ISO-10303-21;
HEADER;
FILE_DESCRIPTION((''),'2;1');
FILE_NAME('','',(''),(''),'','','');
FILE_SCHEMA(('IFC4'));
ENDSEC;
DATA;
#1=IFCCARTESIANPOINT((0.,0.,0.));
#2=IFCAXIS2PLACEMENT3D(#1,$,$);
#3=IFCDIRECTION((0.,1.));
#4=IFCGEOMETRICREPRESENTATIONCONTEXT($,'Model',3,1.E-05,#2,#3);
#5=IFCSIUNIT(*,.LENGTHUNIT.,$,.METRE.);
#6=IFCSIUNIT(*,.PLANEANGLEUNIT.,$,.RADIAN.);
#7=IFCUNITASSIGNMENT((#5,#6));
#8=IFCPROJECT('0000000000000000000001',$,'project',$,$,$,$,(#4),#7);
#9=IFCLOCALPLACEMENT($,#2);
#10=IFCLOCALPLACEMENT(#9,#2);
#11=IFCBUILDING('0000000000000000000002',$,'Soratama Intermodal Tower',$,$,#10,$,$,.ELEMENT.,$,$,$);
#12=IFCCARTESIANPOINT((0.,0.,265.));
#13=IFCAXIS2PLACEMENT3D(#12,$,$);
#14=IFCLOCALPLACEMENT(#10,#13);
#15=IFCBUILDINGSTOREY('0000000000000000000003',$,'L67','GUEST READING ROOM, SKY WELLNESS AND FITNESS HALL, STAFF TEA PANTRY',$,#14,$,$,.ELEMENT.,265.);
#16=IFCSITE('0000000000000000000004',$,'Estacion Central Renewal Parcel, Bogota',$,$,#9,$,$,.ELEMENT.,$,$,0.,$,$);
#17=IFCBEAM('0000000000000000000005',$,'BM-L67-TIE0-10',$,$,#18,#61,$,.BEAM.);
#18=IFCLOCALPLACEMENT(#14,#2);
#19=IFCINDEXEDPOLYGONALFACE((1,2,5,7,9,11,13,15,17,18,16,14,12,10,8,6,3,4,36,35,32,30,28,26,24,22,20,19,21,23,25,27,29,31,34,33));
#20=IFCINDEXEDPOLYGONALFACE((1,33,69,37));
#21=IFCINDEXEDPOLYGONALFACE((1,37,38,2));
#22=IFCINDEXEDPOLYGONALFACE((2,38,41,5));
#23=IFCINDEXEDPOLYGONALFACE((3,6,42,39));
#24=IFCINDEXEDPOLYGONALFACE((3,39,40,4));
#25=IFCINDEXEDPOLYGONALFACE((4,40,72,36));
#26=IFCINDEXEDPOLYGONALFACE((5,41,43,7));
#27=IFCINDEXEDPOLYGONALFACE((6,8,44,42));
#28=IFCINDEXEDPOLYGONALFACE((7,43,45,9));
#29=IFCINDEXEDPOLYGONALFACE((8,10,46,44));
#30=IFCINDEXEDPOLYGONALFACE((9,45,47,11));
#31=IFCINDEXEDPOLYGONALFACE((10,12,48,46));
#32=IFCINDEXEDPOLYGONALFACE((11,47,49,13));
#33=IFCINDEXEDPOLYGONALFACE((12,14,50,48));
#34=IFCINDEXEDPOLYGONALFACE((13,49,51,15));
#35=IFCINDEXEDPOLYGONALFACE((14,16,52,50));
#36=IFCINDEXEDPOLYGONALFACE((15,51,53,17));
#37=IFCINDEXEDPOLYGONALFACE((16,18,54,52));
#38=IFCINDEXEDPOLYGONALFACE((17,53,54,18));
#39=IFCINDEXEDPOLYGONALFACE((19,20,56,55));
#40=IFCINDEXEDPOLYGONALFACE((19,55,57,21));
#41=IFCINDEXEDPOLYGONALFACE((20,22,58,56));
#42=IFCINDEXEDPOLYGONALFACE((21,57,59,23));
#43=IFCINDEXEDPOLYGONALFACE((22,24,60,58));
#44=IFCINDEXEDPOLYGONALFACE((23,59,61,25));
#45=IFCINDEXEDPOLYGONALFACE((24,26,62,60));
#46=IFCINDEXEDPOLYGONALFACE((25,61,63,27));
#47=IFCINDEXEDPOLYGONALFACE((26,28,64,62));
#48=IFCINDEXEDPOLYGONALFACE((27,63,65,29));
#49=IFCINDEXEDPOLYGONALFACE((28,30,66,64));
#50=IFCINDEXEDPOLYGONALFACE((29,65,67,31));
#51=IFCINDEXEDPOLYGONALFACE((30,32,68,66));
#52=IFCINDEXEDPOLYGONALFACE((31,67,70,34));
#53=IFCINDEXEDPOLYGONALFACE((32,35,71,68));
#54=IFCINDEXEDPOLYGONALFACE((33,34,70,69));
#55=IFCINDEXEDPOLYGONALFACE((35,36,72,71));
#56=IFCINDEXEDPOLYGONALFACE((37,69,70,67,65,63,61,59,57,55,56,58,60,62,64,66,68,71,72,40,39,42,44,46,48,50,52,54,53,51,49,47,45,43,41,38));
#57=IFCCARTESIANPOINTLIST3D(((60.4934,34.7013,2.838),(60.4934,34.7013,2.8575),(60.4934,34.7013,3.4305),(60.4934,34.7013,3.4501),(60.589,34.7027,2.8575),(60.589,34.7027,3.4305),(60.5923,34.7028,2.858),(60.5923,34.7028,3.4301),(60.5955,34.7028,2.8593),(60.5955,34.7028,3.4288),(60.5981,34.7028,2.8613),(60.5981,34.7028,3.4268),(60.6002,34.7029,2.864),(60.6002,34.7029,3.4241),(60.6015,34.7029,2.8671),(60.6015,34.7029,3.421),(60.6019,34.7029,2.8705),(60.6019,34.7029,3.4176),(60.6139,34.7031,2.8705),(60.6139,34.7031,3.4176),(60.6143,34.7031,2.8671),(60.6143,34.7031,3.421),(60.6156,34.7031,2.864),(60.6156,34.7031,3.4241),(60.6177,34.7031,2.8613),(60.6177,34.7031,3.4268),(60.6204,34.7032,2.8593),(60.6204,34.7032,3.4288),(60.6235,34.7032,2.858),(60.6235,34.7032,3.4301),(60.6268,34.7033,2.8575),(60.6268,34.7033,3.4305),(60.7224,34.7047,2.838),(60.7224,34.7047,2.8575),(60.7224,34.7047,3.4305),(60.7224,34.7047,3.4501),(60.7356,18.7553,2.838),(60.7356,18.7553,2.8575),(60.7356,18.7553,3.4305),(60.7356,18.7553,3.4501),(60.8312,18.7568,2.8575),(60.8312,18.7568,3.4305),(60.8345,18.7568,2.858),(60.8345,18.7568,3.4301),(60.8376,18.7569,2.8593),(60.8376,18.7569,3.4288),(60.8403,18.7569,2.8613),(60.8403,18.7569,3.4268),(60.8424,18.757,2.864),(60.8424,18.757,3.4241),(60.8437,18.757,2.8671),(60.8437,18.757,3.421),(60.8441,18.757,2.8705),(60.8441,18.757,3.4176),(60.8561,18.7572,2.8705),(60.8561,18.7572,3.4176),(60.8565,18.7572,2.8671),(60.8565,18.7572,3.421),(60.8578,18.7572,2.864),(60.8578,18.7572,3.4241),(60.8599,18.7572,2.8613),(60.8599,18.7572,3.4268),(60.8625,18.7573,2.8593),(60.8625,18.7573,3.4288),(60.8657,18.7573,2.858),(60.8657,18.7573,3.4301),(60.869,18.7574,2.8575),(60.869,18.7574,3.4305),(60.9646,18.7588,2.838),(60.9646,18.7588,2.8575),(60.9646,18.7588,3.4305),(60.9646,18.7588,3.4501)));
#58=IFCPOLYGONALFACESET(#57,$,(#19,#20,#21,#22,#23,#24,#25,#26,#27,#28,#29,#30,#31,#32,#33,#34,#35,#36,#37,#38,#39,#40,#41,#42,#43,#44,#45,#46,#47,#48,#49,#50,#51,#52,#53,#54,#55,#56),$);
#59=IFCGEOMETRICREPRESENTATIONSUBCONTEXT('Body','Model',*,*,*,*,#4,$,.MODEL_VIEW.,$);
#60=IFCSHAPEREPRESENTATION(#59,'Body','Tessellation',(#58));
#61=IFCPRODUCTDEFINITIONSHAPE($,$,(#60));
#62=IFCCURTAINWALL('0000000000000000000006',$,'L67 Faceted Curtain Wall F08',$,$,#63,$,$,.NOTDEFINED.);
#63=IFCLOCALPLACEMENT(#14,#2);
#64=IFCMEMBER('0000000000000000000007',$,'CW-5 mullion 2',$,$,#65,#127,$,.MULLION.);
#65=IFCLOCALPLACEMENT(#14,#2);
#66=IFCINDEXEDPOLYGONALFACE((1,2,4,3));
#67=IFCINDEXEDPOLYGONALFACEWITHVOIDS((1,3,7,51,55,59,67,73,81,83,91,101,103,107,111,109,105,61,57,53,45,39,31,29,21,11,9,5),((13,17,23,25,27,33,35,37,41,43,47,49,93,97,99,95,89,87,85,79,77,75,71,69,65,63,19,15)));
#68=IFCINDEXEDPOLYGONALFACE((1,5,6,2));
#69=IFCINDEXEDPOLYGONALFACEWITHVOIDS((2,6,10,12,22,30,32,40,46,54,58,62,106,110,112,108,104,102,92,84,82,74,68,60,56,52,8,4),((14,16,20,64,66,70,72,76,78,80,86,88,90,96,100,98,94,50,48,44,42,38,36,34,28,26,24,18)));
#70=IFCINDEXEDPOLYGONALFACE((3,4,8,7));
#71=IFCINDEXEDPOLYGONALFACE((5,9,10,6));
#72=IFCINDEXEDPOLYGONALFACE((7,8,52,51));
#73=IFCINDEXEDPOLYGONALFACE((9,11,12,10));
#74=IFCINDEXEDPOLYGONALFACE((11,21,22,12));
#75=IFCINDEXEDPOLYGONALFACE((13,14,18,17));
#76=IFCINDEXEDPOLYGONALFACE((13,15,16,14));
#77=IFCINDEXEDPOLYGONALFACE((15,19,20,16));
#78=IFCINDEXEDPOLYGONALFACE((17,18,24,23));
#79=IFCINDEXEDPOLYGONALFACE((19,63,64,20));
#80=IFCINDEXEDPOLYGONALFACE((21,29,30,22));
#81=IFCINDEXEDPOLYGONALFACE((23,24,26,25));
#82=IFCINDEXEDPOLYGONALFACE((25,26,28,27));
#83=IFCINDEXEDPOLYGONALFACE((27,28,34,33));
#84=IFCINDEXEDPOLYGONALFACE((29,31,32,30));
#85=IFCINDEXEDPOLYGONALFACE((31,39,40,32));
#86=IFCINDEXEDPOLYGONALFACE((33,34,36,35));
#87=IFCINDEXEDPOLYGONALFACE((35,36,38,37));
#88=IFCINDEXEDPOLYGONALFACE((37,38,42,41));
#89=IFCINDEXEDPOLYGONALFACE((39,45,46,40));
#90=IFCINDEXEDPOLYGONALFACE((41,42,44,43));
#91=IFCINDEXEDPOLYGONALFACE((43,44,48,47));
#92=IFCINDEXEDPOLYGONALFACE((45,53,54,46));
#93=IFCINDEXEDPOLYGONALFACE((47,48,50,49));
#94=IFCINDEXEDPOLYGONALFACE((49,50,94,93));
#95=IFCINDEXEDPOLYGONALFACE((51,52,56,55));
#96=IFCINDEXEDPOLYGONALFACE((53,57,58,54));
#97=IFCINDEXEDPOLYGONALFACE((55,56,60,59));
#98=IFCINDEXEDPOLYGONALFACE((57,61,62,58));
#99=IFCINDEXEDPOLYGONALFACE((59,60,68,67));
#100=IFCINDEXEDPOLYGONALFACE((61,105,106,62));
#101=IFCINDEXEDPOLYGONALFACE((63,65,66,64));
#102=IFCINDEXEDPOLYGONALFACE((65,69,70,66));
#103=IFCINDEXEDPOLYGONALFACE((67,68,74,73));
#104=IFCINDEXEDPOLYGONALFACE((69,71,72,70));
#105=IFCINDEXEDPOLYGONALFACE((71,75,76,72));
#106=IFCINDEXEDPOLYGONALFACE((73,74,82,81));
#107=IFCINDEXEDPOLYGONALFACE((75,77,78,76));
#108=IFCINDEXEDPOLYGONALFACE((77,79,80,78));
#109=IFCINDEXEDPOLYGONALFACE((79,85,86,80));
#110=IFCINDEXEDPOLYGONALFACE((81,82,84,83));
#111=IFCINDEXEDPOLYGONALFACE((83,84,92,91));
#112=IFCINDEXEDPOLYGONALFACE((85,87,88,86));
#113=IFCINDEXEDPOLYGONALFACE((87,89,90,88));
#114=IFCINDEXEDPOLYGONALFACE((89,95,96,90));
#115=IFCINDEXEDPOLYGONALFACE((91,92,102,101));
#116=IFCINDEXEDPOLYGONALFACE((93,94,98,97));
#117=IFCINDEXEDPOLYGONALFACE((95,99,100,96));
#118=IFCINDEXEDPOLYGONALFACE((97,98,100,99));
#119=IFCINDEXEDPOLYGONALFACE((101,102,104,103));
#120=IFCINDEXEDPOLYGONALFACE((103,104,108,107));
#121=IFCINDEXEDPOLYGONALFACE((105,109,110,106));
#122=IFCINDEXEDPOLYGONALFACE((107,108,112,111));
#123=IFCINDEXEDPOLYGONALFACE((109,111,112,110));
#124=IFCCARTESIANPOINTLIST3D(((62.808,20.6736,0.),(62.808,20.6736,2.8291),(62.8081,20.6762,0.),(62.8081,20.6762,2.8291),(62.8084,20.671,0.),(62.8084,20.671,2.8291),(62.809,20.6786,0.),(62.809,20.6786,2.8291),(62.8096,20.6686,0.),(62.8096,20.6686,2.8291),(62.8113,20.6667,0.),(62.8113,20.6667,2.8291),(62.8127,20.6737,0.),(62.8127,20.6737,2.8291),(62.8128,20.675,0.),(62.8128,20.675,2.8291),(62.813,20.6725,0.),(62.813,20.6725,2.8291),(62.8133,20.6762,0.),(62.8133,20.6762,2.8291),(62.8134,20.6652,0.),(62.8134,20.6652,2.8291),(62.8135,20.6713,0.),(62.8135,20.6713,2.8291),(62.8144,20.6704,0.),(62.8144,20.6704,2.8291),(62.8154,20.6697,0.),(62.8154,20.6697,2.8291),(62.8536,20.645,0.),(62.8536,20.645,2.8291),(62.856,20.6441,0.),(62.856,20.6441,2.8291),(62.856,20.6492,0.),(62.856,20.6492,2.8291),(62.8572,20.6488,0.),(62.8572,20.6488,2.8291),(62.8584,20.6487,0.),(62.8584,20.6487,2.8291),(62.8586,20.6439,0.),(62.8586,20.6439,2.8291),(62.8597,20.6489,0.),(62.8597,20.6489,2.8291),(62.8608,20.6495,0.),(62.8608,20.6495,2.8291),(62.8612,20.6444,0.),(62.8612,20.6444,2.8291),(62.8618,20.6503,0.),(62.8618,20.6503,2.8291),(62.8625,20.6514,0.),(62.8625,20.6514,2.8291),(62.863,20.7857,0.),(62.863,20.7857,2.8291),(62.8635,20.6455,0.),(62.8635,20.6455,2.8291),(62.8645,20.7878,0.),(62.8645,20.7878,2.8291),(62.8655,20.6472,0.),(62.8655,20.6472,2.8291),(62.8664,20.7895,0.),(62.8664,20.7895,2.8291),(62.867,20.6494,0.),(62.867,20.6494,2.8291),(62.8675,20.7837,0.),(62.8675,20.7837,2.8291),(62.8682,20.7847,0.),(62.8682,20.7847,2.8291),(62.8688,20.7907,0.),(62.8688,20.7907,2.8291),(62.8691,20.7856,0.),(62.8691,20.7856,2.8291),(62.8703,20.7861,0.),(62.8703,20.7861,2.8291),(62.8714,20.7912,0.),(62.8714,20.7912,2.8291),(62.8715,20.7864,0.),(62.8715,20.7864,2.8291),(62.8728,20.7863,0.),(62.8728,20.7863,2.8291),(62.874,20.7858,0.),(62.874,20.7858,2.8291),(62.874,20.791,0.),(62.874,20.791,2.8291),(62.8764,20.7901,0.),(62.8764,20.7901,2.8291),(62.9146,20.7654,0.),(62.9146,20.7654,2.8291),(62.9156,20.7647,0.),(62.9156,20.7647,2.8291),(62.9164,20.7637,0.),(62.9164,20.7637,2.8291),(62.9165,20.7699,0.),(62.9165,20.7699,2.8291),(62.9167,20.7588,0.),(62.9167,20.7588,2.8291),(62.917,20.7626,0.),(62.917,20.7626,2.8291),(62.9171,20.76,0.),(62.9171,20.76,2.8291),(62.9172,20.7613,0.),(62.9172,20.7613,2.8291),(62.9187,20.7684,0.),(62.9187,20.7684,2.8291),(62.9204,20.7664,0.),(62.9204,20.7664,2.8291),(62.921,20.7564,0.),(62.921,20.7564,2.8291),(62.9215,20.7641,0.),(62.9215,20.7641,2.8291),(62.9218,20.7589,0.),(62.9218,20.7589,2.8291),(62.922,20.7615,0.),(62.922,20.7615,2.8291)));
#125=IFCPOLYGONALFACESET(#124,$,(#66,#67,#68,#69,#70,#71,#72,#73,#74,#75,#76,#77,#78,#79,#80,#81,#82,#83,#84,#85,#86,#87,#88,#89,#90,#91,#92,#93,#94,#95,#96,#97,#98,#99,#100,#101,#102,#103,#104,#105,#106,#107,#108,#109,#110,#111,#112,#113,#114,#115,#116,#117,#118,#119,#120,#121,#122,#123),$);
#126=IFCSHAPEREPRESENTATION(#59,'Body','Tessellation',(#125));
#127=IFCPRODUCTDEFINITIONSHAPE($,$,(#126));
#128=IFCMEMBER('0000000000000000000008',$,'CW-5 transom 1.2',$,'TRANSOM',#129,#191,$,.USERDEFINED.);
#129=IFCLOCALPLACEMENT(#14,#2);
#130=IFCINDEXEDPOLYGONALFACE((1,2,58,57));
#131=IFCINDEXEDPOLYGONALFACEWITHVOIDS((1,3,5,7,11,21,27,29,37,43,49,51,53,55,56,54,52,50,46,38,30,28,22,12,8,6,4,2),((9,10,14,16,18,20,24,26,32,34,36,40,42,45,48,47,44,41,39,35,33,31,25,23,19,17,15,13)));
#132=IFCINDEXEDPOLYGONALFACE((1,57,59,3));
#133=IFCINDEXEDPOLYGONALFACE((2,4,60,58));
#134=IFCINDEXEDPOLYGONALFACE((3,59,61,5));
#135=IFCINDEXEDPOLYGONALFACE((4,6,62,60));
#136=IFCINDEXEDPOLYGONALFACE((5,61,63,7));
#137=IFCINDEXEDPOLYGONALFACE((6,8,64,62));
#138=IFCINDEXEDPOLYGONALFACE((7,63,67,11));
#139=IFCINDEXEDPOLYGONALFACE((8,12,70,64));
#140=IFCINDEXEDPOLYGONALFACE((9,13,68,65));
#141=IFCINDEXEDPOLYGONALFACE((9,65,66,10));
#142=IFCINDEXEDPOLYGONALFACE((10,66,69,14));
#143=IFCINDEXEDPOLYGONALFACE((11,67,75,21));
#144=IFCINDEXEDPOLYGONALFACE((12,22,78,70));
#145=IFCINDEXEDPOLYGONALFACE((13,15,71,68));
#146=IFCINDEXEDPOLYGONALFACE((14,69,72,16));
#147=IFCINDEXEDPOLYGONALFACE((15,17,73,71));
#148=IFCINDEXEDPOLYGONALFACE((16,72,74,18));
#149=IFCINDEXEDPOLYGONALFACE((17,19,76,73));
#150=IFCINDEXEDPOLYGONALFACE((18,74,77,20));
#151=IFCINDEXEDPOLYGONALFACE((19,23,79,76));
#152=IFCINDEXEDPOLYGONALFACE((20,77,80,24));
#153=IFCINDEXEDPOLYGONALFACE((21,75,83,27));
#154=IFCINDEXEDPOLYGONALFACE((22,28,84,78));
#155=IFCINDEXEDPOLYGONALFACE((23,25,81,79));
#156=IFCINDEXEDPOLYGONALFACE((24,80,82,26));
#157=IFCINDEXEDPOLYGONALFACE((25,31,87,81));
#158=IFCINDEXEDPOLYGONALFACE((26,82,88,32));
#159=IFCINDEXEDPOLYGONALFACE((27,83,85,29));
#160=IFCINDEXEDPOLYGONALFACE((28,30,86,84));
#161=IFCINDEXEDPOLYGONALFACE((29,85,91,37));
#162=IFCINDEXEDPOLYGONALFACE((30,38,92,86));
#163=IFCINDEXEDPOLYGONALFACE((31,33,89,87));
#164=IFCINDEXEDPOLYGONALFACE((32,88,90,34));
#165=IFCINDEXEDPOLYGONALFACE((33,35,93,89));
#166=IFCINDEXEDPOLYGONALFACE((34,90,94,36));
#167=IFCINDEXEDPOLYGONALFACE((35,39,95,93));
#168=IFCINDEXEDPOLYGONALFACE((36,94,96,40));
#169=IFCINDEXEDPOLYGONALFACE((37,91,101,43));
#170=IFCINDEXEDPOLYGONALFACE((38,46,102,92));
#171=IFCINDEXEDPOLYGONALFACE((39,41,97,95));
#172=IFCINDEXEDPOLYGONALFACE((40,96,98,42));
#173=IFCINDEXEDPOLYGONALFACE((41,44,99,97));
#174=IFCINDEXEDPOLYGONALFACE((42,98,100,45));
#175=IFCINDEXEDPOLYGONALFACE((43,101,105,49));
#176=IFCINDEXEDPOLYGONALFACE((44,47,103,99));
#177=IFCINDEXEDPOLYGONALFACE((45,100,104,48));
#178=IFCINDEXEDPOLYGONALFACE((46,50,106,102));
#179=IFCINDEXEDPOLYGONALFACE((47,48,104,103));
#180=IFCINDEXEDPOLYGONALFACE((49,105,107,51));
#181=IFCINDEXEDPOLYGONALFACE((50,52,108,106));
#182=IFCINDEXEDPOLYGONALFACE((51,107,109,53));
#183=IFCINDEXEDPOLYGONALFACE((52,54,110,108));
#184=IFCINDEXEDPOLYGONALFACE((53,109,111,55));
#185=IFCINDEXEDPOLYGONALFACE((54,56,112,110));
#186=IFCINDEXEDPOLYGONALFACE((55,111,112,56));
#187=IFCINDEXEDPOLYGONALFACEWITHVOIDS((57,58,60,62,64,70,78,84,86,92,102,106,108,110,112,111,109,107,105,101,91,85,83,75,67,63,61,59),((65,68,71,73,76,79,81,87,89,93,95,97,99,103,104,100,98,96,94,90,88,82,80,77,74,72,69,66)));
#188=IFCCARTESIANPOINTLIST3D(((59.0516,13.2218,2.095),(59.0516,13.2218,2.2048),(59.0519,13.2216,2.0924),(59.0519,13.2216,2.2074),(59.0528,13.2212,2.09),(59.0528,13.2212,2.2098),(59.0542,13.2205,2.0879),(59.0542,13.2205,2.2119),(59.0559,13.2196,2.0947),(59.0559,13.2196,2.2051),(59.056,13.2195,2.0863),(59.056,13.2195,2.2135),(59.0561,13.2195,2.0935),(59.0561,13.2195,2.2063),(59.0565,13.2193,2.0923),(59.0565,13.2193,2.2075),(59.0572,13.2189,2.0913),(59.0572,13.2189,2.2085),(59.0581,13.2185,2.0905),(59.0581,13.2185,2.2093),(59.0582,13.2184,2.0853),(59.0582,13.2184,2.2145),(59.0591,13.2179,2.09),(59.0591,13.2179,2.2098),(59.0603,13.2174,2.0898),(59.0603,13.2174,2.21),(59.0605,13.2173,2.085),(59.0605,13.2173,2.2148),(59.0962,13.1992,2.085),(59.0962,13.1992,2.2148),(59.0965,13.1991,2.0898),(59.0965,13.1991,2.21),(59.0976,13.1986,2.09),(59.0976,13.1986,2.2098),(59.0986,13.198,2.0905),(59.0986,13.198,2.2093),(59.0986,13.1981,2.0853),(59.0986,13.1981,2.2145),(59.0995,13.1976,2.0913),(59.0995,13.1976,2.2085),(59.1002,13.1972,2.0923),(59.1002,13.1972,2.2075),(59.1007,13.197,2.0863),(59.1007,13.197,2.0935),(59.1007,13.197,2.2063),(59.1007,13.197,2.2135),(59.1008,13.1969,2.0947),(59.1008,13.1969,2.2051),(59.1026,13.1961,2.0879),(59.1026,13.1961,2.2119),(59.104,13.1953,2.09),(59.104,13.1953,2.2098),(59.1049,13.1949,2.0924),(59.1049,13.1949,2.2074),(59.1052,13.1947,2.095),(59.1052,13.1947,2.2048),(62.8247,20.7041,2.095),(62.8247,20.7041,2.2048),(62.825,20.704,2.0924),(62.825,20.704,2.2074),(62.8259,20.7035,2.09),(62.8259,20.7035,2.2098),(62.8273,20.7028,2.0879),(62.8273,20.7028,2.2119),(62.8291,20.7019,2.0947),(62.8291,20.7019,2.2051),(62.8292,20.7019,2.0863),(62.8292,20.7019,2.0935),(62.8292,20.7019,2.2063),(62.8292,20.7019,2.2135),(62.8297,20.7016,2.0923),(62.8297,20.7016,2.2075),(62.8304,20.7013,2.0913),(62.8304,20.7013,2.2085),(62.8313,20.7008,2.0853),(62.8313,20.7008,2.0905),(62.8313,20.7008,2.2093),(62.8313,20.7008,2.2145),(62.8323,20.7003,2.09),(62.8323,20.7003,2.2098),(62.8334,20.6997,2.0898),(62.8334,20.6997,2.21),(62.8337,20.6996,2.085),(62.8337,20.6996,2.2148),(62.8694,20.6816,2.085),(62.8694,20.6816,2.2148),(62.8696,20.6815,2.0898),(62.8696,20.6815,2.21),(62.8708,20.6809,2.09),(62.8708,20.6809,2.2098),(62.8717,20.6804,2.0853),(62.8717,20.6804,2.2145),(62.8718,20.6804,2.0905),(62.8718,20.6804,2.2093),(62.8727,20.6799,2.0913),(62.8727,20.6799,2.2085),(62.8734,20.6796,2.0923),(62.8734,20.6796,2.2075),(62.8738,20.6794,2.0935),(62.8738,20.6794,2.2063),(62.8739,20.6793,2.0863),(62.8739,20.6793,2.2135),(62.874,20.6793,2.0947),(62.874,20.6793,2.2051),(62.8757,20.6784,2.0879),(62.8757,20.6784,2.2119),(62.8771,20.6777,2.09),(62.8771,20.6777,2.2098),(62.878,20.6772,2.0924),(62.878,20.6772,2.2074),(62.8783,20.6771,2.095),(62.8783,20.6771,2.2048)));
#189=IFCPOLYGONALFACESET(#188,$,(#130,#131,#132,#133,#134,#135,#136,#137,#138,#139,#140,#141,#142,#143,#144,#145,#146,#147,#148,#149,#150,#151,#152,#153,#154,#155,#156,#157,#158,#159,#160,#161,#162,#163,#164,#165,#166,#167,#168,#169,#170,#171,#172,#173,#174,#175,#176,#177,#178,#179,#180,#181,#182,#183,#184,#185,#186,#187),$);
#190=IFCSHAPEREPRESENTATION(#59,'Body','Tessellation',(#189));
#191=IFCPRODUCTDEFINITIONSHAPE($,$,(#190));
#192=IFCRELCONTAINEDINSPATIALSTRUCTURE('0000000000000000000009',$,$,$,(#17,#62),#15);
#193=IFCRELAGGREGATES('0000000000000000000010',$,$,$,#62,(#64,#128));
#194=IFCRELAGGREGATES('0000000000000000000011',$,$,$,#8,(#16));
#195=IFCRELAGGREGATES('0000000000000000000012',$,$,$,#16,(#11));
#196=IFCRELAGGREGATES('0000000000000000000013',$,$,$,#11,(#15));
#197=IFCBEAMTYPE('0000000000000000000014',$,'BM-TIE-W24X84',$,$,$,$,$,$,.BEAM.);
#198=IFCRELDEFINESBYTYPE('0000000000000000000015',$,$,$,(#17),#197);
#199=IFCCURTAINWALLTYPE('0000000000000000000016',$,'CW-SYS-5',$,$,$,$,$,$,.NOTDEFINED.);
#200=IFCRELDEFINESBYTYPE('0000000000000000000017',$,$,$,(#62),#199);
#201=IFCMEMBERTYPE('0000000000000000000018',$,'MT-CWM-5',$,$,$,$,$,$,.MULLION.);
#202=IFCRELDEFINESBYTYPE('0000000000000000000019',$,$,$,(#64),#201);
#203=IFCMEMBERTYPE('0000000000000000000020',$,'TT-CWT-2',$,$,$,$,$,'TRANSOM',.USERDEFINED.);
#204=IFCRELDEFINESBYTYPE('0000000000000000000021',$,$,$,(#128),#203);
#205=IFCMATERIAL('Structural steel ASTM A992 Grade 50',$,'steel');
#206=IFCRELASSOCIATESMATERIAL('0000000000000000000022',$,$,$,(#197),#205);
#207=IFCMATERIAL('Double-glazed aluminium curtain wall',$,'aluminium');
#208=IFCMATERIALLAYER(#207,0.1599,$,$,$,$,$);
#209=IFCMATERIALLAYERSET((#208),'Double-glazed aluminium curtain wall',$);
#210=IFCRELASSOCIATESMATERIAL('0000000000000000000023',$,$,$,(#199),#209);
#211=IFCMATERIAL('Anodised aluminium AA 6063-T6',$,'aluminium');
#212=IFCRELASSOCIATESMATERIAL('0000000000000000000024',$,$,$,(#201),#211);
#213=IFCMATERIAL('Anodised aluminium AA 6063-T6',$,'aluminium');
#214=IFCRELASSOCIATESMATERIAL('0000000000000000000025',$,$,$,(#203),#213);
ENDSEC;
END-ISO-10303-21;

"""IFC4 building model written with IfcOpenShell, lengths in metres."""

from ifc_helpers import new_model, si_unit, direction, frame, origin, origin_2d, place, context, subcontext, project, spatial, hollow_rectangle, i_section, extrude, material, layer, layer_set, material_profile, profile_set, type_object, element, aggregate, save


model = new_model("IFC4")

# Units and contexts
model_context = context("Model", 3, precision=1e-05, world=origin(), true_north=direction((0.0, 1.0)))
body_context = subcontext(model_context, "Body", "Model", "MODEL_VIEW")
ifc_project = project(units=[si_unit("LENGTHUNIT", "METRE"), si_unit("PLANEANGLEUNIT", "RADIAN")], contexts=[model_context])

# Site, building, storey
site_placement = place(None, origin())
site = spatial("IfcSite", under=ifc_project, at=site_placement, Name="Estacion Central Renewal Parcel, Bogota", CompositionType="ELEMENT", RefElevation=0.0)
building_placement = place(site_placement, origin())
building = spatial("IfcBuilding", under=site, at=building_placement, Name="Soratama Intermodal Tower", CompositionType="ELEMENT")
storey_placement = place(building_placement, frame((0.0, 0.0, 265.0)))
storey = spatial("IfcBuildingStorey", under=building, at=storey_placement, Name="L67", Description="GUEST READING ROOM, SKY WELLNESS AND FITNESS HALL, STAFF TEA PANTRY", CompositionType="ELEMENT", Elevation=265.0)

# Beam
ifc_material_1 = material(Name="Structural steel ASTM A992 Grade 50", Category="steel")
ifc_material_profile_1 = material_profile(ifc_material_1, i_section(OverallWidth=0.229, OverallDepth=0.6121, WebThickness=0.012, FlangeThickness=0.0195, FilletRadius=0.0129, at=origin_2d()), Name="W24X84")
ifc_profile_set_1 = profile_set([ifc_material_profile_1], Name="Structural steel ASTM A992 Grade 50")
beam_type_1 = type_object("IfcBeamType", Name="BM-TIE-W24X84", PredefinedType="BEAM", material=ifc_profile_set_1)
beam_1_placement = place(storey_placement, frame((60.8501, 18.7571, 3.144), z_axis=(-0.015186, 0.999885, 0.0), x_axis=(-0.999885, -0.015186, 0.0)))
element("IfcBeam", 1, at=beam_1_placement, inside=storey, type_object=beam_type_1, Name="BM-L67-TIE0-10", PredefinedType="BEAM", context=body_context, shape_type="SweptSolid", body=[
    extrude(i_section(OverallWidth=0.229, OverallDepth=0.6121, WebThickness=0.012, FlangeThickness=0.0195, FilletRadius=0.0129, at=origin_2d()), origin(), (0.0, 0.0, 1.0), 15.9478),
])

# Curtain wall, members
ifc_material_2 = material(Name="Double-glazed aluminium curtain wall", Category="aluminium")
ifc_layer_1 = layer(ifc_material_2, 0.1599)
ifc_layer_set_1 = layer_set([ifc_layer_1], Name="Double-glazed aluminium curtain wall")
curtain_wall_type = type_object("IfcCurtainWallType", Name="CW-SYS-5", PredefinedType="NOTDEFINED", material=ifc_layer_set_1)
curtain_wall_placement = place(storey_placement, origin())
curtain_wall = element("IfcCurtainWall", 2, at=curtain_wall_placement, inside=storey, type_object=curtain_wall_type, Name="L67 Faceted Curtain Wall F08", PredefinedType="NOTDEFINED")
ifc_material_3 = material(Name="Anodised aluminium AA 6063-T6", Category="aluminium")
ifc_material_profile_2 = material_profile(ifc_material_3, hollow_rectangle(XDim=0.0649, YDim=0.1399, WallThickness=0.0049, InnerFilletRadius=0.0049, OuterFilletRadius=0.01, at=origin_2d()), Name="CWM140X65X5")
ifc_profile_set_2 = profile_set([ifc_material_profile_2], Name="Anodised aluminium AA 6063-T6")
member_type_1 = type_object("IfcMemberType", Name="MT-CWM-5", PredefinedType="MULLION", material=ifc_profile_set_2)
member_1_placement = place(storey_placement, frame((62.865, 20.7175, 0.0), z_axis=(0.0, 0.0, 1.0), x_axis=(-0.8929, 0.450256, 0.0)))
member_1 = element("IfcMember", 3, at=member_1_placement, type_object=member_type_1, Name="CW-5 mullion 2", PredefinedType="MULLION", context=body_context, shape_type="SweptSolid", body=[
    extrude(hollow_rectangle(XDim=0.0649, YDim=0.1399, WallThickness=0.0049, InnerFilletRadius=0.0049, OuterFilletRadius=0.01, at=origin_2d()), origin(), (0.0, 0.0, 1.0), 2.8291),
])
ifc_material_4 = material(Name="Anodised aluminium AA 6063-T6", Category="aluminium")
ifc_material_profile_3 = material_profile(ifc_material_4, hollow_rectangle(XDim=0.0601, YDim=0.1299, WallThickness=0.0049, InnerFilletRadius=0.0049, OuterFilletRadius=0.01, at=origin_2d()), Name="CWT130X60X5")
ifc_profile_set_3 = profile_set([ifc_material_profile_3], Name="Anodised aluminium AA 6063-T6")
member_type_2 = type_object("IfcMemberType", Name="TT-CWT-2", ElementType="TRANSOM", PredefinedType="USERDEFINED", material=ifc_profile_set_3)
member_2_placement = place(storey_placement, frame((59.0784, 13.2083, 2.1499), z_axis=(0.450264, 0.892895, 0.0), x_axis=(-0.892895, 0.450264, 0.0)))
member_2 = element("IfcMember", 4, at=member_2_placement, type_object=member_type_2, Name="CW-5 transom 1.2", ObjectType="TRANSOM", PredefinedType="USERDEFINED", context=body_context, shape_type="SweptSolid", body=[
    extrude(hollow_rectangle(XDim=0.0601, YDim=0.1299, WallThickness=0.0049, InnerFilletRadius=0.0049, OuterFilletRadius=0.01, at=origin_2d()), origin(), (0.0, 0.0, 1.0), 8.3799),
])
aggregate(curtain_wall, [member_1, member_2])

save(model, "model.ifc")
